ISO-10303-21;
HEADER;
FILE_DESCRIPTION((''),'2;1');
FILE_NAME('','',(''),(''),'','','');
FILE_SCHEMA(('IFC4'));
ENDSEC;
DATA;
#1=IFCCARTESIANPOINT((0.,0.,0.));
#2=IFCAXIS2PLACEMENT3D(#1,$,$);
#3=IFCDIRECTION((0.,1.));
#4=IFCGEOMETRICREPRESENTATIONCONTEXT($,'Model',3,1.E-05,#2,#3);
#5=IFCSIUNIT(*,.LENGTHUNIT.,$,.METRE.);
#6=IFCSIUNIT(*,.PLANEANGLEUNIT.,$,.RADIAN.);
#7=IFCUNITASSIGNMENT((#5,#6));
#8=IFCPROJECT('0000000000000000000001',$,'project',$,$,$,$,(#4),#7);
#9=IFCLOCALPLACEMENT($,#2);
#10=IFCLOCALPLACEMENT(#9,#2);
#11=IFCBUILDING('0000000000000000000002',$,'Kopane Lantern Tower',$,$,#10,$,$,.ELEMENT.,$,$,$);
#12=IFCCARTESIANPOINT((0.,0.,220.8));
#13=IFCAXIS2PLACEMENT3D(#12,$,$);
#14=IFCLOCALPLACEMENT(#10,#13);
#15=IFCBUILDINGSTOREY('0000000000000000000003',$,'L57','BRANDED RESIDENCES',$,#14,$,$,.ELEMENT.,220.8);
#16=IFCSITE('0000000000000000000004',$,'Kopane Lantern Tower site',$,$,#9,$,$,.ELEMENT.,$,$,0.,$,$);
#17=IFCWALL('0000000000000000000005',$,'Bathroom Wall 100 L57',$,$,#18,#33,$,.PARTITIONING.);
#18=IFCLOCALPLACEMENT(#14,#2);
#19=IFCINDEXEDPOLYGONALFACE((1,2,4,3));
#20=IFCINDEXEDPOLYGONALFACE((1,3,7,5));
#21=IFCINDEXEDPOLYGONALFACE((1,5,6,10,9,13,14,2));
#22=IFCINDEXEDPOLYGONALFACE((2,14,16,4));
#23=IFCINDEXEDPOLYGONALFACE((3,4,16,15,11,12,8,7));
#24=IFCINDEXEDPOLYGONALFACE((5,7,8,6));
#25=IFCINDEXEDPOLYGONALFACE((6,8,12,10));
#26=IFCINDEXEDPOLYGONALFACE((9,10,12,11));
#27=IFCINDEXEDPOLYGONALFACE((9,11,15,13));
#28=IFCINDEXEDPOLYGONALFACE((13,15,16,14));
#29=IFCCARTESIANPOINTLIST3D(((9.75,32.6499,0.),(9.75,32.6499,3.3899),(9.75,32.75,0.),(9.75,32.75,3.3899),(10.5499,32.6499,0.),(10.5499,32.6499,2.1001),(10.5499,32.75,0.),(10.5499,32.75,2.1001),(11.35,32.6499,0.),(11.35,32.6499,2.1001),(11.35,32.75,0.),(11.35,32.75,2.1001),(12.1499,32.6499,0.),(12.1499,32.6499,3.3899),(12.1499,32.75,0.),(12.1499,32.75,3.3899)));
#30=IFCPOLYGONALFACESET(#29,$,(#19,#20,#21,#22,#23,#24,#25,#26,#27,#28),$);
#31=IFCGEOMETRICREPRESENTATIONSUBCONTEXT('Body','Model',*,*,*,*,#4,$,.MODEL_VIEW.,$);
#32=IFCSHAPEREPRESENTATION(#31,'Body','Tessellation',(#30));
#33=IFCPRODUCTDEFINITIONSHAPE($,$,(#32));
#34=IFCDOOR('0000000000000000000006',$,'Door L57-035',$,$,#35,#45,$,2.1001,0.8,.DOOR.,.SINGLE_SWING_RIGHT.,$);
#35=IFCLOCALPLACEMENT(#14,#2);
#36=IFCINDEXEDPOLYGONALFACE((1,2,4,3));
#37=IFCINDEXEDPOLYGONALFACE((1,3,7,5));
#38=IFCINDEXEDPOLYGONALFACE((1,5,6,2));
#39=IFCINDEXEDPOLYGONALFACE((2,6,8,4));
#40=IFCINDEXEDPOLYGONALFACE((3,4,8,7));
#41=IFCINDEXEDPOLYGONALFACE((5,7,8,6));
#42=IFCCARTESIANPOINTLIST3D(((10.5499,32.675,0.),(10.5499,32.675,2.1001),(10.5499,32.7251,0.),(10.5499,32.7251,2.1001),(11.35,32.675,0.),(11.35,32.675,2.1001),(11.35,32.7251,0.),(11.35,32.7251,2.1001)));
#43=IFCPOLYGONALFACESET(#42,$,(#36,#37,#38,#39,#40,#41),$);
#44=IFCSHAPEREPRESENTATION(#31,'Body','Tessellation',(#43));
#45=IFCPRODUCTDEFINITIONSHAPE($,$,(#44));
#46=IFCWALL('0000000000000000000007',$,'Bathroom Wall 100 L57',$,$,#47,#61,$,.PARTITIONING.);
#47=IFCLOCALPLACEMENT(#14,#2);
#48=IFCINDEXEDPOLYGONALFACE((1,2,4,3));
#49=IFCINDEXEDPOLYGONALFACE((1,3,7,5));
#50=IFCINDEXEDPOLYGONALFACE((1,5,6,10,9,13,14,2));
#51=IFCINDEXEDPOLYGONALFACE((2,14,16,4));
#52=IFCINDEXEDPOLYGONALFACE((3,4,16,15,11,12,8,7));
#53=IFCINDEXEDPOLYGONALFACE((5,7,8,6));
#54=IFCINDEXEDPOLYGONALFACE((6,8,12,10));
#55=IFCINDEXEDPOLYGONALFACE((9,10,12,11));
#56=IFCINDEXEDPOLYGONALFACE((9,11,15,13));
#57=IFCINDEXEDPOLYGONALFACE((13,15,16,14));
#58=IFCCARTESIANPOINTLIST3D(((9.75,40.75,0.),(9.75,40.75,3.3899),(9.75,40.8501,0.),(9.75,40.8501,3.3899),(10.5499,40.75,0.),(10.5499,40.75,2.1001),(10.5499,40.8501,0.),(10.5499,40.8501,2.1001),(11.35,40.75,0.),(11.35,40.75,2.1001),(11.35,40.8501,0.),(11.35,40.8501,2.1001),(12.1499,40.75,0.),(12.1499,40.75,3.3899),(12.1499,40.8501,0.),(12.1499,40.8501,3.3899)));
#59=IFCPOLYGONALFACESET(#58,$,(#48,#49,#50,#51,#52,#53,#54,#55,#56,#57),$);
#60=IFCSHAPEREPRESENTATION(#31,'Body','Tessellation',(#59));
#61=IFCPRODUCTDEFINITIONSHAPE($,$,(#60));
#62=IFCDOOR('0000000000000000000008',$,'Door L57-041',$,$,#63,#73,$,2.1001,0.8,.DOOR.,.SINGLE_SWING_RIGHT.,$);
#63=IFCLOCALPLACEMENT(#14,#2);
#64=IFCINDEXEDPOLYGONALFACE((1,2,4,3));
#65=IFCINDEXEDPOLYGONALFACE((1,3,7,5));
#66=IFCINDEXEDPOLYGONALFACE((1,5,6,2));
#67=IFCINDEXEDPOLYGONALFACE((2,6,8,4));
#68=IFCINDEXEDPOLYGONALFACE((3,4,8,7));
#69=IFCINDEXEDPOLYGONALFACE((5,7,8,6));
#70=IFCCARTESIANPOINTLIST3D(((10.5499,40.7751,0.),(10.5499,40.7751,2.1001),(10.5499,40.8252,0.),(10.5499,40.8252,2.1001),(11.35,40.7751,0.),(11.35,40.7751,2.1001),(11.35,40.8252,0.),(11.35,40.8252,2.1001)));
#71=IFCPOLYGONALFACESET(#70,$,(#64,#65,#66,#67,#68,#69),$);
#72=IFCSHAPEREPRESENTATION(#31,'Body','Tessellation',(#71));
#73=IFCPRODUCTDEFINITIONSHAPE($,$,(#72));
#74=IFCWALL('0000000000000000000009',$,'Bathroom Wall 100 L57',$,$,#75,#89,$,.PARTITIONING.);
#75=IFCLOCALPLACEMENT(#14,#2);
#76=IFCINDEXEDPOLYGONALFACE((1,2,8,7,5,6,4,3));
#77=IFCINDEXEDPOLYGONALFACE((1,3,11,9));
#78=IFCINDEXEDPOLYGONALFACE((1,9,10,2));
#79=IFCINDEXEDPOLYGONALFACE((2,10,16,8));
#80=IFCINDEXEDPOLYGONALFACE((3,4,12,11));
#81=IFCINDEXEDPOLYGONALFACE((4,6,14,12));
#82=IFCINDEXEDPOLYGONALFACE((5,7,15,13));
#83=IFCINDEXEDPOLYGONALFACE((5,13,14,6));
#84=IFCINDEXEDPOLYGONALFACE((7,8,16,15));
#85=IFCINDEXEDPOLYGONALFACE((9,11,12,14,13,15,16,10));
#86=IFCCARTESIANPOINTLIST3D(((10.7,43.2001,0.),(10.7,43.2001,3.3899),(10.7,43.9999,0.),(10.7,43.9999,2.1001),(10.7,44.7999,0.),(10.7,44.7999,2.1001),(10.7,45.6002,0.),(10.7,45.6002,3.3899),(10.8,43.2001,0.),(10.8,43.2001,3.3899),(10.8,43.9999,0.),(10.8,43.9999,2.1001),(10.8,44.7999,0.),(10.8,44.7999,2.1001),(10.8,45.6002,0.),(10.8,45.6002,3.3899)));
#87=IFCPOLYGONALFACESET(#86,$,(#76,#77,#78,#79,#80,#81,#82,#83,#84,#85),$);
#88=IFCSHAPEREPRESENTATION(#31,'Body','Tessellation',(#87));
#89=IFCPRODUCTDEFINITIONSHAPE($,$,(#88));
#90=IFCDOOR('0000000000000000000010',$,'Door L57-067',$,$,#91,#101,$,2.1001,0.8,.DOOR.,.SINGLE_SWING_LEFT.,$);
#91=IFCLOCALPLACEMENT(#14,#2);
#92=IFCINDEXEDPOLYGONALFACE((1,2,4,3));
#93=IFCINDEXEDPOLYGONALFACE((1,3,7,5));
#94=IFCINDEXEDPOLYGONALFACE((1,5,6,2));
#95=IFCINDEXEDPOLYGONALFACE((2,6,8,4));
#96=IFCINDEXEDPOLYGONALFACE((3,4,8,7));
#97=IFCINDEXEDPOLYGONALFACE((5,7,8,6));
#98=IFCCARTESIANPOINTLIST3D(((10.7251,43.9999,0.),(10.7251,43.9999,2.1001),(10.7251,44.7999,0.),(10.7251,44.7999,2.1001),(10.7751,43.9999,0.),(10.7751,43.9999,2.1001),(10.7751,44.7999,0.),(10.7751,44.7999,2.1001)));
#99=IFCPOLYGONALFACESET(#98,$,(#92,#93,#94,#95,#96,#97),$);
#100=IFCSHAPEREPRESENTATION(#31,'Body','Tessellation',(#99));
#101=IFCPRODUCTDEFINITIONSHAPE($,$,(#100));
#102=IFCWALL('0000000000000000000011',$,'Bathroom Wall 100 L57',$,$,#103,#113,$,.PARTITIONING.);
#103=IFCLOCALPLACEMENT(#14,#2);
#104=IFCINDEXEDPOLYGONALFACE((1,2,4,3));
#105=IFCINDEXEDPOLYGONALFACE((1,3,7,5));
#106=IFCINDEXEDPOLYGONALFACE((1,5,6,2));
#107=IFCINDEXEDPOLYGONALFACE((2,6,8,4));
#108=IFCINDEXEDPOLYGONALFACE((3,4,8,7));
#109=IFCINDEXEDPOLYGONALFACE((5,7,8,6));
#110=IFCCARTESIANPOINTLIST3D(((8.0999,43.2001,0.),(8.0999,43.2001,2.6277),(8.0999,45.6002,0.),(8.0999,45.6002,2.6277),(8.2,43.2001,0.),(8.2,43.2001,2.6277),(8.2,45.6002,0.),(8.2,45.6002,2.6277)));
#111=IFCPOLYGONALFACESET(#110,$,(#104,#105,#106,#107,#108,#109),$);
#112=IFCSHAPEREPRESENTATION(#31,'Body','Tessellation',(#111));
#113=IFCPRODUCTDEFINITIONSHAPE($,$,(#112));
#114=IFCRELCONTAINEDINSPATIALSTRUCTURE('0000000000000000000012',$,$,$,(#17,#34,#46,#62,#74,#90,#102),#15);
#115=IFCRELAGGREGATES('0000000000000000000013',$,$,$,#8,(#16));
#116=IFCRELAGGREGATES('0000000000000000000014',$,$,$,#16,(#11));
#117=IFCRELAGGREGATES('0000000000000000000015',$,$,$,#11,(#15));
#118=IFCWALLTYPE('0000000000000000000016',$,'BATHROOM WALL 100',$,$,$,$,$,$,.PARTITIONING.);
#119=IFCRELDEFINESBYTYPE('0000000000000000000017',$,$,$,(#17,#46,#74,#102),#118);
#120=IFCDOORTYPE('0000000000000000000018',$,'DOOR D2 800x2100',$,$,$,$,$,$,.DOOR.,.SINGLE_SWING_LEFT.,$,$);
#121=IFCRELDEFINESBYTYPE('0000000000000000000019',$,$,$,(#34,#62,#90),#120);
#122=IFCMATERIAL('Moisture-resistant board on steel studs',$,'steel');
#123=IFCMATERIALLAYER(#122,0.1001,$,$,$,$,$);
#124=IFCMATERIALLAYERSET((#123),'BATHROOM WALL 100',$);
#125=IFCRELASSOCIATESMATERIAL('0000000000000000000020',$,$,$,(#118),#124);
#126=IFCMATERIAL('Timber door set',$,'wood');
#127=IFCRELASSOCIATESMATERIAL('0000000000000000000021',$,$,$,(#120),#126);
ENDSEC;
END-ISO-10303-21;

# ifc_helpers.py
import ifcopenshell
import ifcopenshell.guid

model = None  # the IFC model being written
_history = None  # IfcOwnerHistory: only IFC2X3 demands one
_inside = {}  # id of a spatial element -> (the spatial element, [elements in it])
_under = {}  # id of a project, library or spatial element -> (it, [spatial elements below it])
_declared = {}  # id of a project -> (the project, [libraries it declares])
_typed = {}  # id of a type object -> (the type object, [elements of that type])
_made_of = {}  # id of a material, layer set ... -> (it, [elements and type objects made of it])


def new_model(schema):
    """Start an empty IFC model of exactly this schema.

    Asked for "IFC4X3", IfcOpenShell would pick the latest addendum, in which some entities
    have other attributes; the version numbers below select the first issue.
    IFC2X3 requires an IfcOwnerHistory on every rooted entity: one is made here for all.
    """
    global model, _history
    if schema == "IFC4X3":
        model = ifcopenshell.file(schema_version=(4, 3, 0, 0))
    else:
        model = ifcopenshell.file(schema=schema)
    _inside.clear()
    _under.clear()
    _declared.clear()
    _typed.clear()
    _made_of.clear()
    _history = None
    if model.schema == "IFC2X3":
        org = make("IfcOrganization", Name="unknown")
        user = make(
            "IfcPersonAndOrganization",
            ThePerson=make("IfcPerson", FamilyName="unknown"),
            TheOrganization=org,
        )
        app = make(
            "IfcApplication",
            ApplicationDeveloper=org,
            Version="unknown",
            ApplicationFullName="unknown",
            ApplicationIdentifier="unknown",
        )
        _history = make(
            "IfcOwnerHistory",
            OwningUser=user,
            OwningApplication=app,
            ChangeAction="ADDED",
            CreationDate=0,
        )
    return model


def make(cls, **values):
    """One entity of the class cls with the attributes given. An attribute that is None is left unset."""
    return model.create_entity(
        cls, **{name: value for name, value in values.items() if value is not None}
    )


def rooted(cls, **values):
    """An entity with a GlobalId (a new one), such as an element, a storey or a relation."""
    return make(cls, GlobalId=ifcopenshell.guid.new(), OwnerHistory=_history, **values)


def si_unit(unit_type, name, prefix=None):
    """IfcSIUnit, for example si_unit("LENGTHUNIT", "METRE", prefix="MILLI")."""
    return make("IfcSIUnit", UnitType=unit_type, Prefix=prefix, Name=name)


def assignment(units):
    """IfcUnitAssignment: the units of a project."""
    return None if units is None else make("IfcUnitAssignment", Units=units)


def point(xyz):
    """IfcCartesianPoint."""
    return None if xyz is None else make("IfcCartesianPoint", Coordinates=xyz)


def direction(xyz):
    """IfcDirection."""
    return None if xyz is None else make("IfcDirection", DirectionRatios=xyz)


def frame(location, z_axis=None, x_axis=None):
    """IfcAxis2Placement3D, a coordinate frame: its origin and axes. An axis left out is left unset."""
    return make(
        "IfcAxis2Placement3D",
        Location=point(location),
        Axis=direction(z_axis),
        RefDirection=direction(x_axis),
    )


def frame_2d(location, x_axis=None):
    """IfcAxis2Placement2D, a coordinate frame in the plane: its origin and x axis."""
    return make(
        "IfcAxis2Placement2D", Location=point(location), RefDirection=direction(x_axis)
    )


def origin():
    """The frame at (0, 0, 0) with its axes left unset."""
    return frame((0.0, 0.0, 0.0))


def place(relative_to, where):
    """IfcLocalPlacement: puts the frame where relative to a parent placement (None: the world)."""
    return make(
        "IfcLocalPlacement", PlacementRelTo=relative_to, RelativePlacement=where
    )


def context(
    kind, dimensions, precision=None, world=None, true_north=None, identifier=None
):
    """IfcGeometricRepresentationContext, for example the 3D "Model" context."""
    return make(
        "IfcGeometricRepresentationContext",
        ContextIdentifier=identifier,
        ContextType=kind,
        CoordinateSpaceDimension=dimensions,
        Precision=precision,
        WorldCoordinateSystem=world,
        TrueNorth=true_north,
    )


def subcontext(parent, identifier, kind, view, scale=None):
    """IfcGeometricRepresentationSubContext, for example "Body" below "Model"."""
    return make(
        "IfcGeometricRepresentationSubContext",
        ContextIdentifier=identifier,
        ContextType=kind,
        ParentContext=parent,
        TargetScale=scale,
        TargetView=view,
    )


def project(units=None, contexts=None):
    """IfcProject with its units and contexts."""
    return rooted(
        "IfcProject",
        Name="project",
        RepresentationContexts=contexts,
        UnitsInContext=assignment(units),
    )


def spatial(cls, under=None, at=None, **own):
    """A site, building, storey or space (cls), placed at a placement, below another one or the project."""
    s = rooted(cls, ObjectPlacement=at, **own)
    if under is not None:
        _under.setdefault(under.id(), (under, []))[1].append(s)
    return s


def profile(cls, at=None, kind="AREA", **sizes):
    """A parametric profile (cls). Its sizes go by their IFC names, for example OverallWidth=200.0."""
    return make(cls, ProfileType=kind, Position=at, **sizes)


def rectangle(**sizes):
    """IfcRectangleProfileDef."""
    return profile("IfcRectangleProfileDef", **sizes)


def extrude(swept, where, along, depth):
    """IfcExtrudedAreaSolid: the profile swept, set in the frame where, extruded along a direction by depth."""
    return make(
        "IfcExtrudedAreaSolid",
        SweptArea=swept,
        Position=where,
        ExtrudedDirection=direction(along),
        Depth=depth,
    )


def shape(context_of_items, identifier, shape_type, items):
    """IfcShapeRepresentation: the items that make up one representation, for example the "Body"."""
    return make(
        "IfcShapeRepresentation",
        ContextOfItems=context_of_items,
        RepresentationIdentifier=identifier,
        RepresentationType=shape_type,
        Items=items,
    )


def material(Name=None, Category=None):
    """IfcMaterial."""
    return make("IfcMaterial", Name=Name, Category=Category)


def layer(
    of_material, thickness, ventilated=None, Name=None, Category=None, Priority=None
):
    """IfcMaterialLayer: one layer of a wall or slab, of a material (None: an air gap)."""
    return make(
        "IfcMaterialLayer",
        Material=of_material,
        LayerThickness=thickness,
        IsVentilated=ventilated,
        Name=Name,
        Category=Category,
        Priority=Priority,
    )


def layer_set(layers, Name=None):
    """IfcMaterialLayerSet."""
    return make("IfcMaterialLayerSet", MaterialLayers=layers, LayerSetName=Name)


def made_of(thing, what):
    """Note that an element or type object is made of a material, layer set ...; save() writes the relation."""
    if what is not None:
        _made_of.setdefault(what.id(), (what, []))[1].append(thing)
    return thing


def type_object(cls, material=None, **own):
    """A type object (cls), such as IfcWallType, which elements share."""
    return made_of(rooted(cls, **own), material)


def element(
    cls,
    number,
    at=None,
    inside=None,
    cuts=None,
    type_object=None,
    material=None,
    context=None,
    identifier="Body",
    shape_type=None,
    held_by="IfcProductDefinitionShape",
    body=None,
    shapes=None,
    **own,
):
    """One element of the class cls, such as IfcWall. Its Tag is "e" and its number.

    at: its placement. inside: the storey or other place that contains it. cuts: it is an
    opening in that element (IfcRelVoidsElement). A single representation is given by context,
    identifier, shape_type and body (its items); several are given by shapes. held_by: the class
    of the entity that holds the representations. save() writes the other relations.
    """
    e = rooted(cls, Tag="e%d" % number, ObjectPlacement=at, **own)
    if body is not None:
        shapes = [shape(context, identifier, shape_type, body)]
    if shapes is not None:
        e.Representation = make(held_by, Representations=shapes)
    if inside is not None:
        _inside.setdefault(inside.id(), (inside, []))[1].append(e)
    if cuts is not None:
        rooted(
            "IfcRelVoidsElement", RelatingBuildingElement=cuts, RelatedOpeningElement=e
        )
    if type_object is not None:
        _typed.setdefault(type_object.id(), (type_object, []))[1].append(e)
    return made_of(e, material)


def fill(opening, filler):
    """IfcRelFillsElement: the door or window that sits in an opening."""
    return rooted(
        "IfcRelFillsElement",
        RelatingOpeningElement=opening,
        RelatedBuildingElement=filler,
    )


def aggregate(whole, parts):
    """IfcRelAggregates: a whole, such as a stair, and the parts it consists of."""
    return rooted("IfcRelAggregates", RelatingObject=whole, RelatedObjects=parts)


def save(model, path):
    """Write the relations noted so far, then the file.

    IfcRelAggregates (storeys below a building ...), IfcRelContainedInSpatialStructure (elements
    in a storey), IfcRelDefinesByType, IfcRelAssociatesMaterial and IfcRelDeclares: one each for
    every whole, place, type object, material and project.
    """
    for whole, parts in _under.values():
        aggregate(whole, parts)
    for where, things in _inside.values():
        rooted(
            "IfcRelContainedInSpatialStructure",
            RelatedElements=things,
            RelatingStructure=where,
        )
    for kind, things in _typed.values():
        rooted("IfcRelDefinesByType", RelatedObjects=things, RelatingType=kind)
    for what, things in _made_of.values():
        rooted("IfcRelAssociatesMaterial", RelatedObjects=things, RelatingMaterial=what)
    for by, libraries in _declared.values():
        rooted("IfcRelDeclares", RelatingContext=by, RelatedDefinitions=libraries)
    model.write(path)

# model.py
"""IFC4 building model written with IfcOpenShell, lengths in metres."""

from ifc_helpers import new_model, si_unit, direction, frame, frame_2d, origin, place, context, subcontext, project, spatial, rectangle, extrude, material, layer, layer_set, type_object, element, fill, save


model = new_model("IFC4")

# Units and contexts
model_context = context("Model", 3, precision=1e-05, world=origin(), true_north=direction((0.0, 1.0)))
body_context = subcontext(model_context, "Body", "Model", "MODEL_VIEW")
ifc_project = project(units=[si_unit("LENGTHUNIT", "METRE"), si_unit("PLANEANGLEUNIT", "RADIAN")], contexts=[model_context])

# Site, building, storey
site_placement = place(None, origin())
site = spatial("IfcSite", under=ifc_project, at=site_placement, Name="Kopane Lantern Tower site", CompositionType="ELEMENT", RefElevation=0.0)
building_placement = place(site_placement, origin())
building = spatial("IfcBuilding", under=site, at=building_placement, Name="Kopane Lantern Tower", CompositionType="ELEMENT")
storey_placement = place(building_placement, frame((0.0, 0.0, 220.8)))
storey = spatial("IfcBuildingStorey", under=building, at=storey_placement, Name="L57", Description="BRANDED RESIDENCES", CompositionType="ELEMENT", Elevation=220.8)

# Walls, openings, doors
ifc_material_1 = material(Name="Moisture-resistant board on steel studs", Category="steel")
ifc_layer_1 = layer(ifc_material_1, 0.1001)
ifc_layer_set_1 = layer_set([ifc_layer_1], Name="BATHROOM WALL 100")
wall_type_1 = type_object("IfcWallType", Name="BATHROOM WALL 100", PredefinedType="PARTITIONING", material=ifc_layer_set_1)
wall_1_placement = place(storey_placement, frame((12.1499, 32.7, 0.0), z_axis=(0.0, 0.0, 1.0), x_axis=(-1.0, 0.0, 0.0)))
wall_1 = element("IfcWall", 1, at=wall_1_placement, inside=storey, type_object=wall_type_1, Name="Bathroom Wall 100 L57", PredefinedType="PARTITIONING", context=body_context, shape_type="SweptSolid", body=[
    extrude(rectangle(XDim=2.3999, YDim=0.1001, at=frame_2d((1.2, 0.0))), origin(), (0.0, 0.0, 1.0), 3.3899),
])
opening_1_placement = place(wall_1_placement, frame((0.8, 0.0, 0.0)))
opening_1 = element("IfcOpeningElement", 2, at=opening_1_placement, cuts=wall_1, PredefinedType="OPENING", context=body_context, shape_type="SweptSolid", body=[
    extrude(rectangle(XDim=0.8, YDim=2.1001, at=frame_2d((0.3999, 1.05))), frame((0.0, 0.0601, 0.0), z_axis=(0.0, -1.0, 0.0), x_axis=(1.0, 0.0, 0.0)), (0.0, 0.0, 1.0), 0.1201),
])
ifc_material_2 = material(Name="Timber door set", Category="wood")
door_type_1 = type_object("IfcDoorType", Name="DOOR D2 800x2100", OperationType="SINGLE_SWING_LEFT", PredefinedType="DOOR", material=ifc_material_2)
door_1_placement = place(opening_1_placement, origin())
door_1 = element("IfcDoor", 3, at=door_1_placement, inside=storey, type_object=door_type_1, Name="Door L57-035", OperationType="SINGLE_SWING_RIGHT", OverallHeight=2.1001, OverallWidth=0.8, PredefinedType="DOOR", context=body_context, shape_type="SweptSolid", body=[
    extrude(rectangle(XDim=0.8, YDim=2.1001, at=frame_2d((0.3999, 1.05))), frame((0.0, 0.0249, 0.0), z_axis=(0.0, -1.0, 0.0), x_axis=(1.0, 0.0, 0.0)), (0.0, 0.0, 1.0), 0.05),
])
fill(opening_1, door_1)
wall_2_placement = place(storey_placement, frame((12.1499, 40.8, 0.0), z_axis=(0.0, 0.0, 1.0), x_axis=(-1.0, 0.0, 0.0)))
wall_2 = element("IfcWall", 4, at=wall_2_placement, inside=storey, type_object=wall_type_1, Name="Bathroom Wall 100 L57", PredefinedType="PARTITIONING", context=body_context, shape_type="SweptSolid", body=[
    extrude(rectangle(XDim=2.3999, YDim=0.1001, at=frame_2d((1.2, 0.0))), origin(), (0.0, 0.0, 1.0), 3.3899),
])
opening_2_placement = place(wall_2_placement, frame((0.8, 0.0, 0.0)))
opening_2 = element("IfcOpeningElement", 5, at=opening_2_placement, cuts=wall_2, PredefinedType="OPENING", context=body_context, shape_type="SweptSolid", body=[
    extrude(rectangle(XDim=0.8, YDim=2.1001, at=frame_2d((0.3999, 1.05))), frame((0.0, 0.0601, 0.0), z_axis=(0.0, -1.0, 0.0), x_axis=(1.0, 0.0, 0.0)), (0.0, 0.0, 1.0), 0.1201),
])
door_2_placement = place(opening_2_placement, origin())
door_2 = element("IfcDoor", 6, at=door_2_placement, inside=storey, type_object=door_type_1, Name="Door L57-041", OperationType="SINGLE_SWING_RIGHT", OverallHeight=2.1001, OverallWidth=0.8, PredefinedType="DOOR", context=body_context, shape_type="SweptSolid", body=[
    extrude(rectangle(XDim=0.8, YDim=2.1001, at=frame_2d((0.3999, 1.05))), frame((0.0, 0.0249, 0.0), z_axis=(0.0, -1.0, 0.0), x_axis=(1.0, 0.0, 0.0)), (0.0, 0.0, 1.0), 0.05),
])
fill(opening_2, door_2)
wall_3_placement = place(storey_placement, frame((10.75, 43.2, 0.0), z_axis=(0.0, 0.0, 1.0), x_axis=(0.0, 1.0, 0.0)))
wall_3 = element("IfcWall", 7, at=wall_3_placement, inside=storey, type_object=wall_type_1, Name="Bathroom Wall 100 L57", PredefinedType="PARTITIONING", context=body_context, shape_type="SweptSolid", body=[
    extrude(rectangle(XDim=2.4001, YDim=0.1001, at=frame_2d((1.2002, 0.0))), origin(), (0.0, 0.0, 1.0), 3.3899),
])
opening_3_placement = place(wall_3_placement, frame((0.8, 0.0, 0.0)))
opening_3 = element("IfcOpeningElement", 8, at=opening_3_placement, cuts=wall_3, PredefinedType="OPENING", context=body_context, shape_type="SweptSolid", body=[
    extrude(rectangle(XDim=0.8, YDim=2.1001, at=frame_2d((0.3999, 1.05))), frame((0.0, 0.0601, 0.0), z_axis=(0.0, -1.0, 0.0), x_axis=(1.0, 0.0, 0.0)), (0.0, 0.0, 1.0), 0.1201),
])
door_3_placement = place(opening_3_placement, origin())
door_3 = element("IfcDoor", 9, at=door_3_placement, inside=storey, type_object=door_type_1, Name="Door L57-067", OperationType="SINGLE_SWING_LEFT", OverallHeight=2.1001, OverallWidth=0.8, PredefinedType="DOOR", context=body_context, shape_type="SweptSolid", body=[
    extrude(rectangle(XDim=0.8, YDim=2.1001, at=frame_2d((0.3999, 1.05))), frame((0.0, 0.0249, 0.0), z_axis=(0.0, -1.0, 0.0), x_axis=(1.0, 0.0, 0.0)), (0.0, 0.0, 1.0), 0.05),
])
fill(opening_3, door_3)

# Wall
wall_4_placement = place(storey_placement, frame((8.1499, 43.2, 0.0), z_axis=(0.0, 0.0, 1.0), x_axis=(0.0, 1.0, 0.0)))
element("IfcWall", 10, at=wall_4_placement, inside=storey, type_object=wall_type_1, Name="Bathroom Wall 100 L57", PredefinedType="PARTITIONING", context=body_context, shape_type="SweptSolid", body=[
    extrude(rectangle(XDim=2.4001, YDim=0.1001, at=frame_2d((1.2002, 0.0))), origin(), (0.0, 0.0, 1.0), 2.6277),
])

save(model, "model.ifc")
